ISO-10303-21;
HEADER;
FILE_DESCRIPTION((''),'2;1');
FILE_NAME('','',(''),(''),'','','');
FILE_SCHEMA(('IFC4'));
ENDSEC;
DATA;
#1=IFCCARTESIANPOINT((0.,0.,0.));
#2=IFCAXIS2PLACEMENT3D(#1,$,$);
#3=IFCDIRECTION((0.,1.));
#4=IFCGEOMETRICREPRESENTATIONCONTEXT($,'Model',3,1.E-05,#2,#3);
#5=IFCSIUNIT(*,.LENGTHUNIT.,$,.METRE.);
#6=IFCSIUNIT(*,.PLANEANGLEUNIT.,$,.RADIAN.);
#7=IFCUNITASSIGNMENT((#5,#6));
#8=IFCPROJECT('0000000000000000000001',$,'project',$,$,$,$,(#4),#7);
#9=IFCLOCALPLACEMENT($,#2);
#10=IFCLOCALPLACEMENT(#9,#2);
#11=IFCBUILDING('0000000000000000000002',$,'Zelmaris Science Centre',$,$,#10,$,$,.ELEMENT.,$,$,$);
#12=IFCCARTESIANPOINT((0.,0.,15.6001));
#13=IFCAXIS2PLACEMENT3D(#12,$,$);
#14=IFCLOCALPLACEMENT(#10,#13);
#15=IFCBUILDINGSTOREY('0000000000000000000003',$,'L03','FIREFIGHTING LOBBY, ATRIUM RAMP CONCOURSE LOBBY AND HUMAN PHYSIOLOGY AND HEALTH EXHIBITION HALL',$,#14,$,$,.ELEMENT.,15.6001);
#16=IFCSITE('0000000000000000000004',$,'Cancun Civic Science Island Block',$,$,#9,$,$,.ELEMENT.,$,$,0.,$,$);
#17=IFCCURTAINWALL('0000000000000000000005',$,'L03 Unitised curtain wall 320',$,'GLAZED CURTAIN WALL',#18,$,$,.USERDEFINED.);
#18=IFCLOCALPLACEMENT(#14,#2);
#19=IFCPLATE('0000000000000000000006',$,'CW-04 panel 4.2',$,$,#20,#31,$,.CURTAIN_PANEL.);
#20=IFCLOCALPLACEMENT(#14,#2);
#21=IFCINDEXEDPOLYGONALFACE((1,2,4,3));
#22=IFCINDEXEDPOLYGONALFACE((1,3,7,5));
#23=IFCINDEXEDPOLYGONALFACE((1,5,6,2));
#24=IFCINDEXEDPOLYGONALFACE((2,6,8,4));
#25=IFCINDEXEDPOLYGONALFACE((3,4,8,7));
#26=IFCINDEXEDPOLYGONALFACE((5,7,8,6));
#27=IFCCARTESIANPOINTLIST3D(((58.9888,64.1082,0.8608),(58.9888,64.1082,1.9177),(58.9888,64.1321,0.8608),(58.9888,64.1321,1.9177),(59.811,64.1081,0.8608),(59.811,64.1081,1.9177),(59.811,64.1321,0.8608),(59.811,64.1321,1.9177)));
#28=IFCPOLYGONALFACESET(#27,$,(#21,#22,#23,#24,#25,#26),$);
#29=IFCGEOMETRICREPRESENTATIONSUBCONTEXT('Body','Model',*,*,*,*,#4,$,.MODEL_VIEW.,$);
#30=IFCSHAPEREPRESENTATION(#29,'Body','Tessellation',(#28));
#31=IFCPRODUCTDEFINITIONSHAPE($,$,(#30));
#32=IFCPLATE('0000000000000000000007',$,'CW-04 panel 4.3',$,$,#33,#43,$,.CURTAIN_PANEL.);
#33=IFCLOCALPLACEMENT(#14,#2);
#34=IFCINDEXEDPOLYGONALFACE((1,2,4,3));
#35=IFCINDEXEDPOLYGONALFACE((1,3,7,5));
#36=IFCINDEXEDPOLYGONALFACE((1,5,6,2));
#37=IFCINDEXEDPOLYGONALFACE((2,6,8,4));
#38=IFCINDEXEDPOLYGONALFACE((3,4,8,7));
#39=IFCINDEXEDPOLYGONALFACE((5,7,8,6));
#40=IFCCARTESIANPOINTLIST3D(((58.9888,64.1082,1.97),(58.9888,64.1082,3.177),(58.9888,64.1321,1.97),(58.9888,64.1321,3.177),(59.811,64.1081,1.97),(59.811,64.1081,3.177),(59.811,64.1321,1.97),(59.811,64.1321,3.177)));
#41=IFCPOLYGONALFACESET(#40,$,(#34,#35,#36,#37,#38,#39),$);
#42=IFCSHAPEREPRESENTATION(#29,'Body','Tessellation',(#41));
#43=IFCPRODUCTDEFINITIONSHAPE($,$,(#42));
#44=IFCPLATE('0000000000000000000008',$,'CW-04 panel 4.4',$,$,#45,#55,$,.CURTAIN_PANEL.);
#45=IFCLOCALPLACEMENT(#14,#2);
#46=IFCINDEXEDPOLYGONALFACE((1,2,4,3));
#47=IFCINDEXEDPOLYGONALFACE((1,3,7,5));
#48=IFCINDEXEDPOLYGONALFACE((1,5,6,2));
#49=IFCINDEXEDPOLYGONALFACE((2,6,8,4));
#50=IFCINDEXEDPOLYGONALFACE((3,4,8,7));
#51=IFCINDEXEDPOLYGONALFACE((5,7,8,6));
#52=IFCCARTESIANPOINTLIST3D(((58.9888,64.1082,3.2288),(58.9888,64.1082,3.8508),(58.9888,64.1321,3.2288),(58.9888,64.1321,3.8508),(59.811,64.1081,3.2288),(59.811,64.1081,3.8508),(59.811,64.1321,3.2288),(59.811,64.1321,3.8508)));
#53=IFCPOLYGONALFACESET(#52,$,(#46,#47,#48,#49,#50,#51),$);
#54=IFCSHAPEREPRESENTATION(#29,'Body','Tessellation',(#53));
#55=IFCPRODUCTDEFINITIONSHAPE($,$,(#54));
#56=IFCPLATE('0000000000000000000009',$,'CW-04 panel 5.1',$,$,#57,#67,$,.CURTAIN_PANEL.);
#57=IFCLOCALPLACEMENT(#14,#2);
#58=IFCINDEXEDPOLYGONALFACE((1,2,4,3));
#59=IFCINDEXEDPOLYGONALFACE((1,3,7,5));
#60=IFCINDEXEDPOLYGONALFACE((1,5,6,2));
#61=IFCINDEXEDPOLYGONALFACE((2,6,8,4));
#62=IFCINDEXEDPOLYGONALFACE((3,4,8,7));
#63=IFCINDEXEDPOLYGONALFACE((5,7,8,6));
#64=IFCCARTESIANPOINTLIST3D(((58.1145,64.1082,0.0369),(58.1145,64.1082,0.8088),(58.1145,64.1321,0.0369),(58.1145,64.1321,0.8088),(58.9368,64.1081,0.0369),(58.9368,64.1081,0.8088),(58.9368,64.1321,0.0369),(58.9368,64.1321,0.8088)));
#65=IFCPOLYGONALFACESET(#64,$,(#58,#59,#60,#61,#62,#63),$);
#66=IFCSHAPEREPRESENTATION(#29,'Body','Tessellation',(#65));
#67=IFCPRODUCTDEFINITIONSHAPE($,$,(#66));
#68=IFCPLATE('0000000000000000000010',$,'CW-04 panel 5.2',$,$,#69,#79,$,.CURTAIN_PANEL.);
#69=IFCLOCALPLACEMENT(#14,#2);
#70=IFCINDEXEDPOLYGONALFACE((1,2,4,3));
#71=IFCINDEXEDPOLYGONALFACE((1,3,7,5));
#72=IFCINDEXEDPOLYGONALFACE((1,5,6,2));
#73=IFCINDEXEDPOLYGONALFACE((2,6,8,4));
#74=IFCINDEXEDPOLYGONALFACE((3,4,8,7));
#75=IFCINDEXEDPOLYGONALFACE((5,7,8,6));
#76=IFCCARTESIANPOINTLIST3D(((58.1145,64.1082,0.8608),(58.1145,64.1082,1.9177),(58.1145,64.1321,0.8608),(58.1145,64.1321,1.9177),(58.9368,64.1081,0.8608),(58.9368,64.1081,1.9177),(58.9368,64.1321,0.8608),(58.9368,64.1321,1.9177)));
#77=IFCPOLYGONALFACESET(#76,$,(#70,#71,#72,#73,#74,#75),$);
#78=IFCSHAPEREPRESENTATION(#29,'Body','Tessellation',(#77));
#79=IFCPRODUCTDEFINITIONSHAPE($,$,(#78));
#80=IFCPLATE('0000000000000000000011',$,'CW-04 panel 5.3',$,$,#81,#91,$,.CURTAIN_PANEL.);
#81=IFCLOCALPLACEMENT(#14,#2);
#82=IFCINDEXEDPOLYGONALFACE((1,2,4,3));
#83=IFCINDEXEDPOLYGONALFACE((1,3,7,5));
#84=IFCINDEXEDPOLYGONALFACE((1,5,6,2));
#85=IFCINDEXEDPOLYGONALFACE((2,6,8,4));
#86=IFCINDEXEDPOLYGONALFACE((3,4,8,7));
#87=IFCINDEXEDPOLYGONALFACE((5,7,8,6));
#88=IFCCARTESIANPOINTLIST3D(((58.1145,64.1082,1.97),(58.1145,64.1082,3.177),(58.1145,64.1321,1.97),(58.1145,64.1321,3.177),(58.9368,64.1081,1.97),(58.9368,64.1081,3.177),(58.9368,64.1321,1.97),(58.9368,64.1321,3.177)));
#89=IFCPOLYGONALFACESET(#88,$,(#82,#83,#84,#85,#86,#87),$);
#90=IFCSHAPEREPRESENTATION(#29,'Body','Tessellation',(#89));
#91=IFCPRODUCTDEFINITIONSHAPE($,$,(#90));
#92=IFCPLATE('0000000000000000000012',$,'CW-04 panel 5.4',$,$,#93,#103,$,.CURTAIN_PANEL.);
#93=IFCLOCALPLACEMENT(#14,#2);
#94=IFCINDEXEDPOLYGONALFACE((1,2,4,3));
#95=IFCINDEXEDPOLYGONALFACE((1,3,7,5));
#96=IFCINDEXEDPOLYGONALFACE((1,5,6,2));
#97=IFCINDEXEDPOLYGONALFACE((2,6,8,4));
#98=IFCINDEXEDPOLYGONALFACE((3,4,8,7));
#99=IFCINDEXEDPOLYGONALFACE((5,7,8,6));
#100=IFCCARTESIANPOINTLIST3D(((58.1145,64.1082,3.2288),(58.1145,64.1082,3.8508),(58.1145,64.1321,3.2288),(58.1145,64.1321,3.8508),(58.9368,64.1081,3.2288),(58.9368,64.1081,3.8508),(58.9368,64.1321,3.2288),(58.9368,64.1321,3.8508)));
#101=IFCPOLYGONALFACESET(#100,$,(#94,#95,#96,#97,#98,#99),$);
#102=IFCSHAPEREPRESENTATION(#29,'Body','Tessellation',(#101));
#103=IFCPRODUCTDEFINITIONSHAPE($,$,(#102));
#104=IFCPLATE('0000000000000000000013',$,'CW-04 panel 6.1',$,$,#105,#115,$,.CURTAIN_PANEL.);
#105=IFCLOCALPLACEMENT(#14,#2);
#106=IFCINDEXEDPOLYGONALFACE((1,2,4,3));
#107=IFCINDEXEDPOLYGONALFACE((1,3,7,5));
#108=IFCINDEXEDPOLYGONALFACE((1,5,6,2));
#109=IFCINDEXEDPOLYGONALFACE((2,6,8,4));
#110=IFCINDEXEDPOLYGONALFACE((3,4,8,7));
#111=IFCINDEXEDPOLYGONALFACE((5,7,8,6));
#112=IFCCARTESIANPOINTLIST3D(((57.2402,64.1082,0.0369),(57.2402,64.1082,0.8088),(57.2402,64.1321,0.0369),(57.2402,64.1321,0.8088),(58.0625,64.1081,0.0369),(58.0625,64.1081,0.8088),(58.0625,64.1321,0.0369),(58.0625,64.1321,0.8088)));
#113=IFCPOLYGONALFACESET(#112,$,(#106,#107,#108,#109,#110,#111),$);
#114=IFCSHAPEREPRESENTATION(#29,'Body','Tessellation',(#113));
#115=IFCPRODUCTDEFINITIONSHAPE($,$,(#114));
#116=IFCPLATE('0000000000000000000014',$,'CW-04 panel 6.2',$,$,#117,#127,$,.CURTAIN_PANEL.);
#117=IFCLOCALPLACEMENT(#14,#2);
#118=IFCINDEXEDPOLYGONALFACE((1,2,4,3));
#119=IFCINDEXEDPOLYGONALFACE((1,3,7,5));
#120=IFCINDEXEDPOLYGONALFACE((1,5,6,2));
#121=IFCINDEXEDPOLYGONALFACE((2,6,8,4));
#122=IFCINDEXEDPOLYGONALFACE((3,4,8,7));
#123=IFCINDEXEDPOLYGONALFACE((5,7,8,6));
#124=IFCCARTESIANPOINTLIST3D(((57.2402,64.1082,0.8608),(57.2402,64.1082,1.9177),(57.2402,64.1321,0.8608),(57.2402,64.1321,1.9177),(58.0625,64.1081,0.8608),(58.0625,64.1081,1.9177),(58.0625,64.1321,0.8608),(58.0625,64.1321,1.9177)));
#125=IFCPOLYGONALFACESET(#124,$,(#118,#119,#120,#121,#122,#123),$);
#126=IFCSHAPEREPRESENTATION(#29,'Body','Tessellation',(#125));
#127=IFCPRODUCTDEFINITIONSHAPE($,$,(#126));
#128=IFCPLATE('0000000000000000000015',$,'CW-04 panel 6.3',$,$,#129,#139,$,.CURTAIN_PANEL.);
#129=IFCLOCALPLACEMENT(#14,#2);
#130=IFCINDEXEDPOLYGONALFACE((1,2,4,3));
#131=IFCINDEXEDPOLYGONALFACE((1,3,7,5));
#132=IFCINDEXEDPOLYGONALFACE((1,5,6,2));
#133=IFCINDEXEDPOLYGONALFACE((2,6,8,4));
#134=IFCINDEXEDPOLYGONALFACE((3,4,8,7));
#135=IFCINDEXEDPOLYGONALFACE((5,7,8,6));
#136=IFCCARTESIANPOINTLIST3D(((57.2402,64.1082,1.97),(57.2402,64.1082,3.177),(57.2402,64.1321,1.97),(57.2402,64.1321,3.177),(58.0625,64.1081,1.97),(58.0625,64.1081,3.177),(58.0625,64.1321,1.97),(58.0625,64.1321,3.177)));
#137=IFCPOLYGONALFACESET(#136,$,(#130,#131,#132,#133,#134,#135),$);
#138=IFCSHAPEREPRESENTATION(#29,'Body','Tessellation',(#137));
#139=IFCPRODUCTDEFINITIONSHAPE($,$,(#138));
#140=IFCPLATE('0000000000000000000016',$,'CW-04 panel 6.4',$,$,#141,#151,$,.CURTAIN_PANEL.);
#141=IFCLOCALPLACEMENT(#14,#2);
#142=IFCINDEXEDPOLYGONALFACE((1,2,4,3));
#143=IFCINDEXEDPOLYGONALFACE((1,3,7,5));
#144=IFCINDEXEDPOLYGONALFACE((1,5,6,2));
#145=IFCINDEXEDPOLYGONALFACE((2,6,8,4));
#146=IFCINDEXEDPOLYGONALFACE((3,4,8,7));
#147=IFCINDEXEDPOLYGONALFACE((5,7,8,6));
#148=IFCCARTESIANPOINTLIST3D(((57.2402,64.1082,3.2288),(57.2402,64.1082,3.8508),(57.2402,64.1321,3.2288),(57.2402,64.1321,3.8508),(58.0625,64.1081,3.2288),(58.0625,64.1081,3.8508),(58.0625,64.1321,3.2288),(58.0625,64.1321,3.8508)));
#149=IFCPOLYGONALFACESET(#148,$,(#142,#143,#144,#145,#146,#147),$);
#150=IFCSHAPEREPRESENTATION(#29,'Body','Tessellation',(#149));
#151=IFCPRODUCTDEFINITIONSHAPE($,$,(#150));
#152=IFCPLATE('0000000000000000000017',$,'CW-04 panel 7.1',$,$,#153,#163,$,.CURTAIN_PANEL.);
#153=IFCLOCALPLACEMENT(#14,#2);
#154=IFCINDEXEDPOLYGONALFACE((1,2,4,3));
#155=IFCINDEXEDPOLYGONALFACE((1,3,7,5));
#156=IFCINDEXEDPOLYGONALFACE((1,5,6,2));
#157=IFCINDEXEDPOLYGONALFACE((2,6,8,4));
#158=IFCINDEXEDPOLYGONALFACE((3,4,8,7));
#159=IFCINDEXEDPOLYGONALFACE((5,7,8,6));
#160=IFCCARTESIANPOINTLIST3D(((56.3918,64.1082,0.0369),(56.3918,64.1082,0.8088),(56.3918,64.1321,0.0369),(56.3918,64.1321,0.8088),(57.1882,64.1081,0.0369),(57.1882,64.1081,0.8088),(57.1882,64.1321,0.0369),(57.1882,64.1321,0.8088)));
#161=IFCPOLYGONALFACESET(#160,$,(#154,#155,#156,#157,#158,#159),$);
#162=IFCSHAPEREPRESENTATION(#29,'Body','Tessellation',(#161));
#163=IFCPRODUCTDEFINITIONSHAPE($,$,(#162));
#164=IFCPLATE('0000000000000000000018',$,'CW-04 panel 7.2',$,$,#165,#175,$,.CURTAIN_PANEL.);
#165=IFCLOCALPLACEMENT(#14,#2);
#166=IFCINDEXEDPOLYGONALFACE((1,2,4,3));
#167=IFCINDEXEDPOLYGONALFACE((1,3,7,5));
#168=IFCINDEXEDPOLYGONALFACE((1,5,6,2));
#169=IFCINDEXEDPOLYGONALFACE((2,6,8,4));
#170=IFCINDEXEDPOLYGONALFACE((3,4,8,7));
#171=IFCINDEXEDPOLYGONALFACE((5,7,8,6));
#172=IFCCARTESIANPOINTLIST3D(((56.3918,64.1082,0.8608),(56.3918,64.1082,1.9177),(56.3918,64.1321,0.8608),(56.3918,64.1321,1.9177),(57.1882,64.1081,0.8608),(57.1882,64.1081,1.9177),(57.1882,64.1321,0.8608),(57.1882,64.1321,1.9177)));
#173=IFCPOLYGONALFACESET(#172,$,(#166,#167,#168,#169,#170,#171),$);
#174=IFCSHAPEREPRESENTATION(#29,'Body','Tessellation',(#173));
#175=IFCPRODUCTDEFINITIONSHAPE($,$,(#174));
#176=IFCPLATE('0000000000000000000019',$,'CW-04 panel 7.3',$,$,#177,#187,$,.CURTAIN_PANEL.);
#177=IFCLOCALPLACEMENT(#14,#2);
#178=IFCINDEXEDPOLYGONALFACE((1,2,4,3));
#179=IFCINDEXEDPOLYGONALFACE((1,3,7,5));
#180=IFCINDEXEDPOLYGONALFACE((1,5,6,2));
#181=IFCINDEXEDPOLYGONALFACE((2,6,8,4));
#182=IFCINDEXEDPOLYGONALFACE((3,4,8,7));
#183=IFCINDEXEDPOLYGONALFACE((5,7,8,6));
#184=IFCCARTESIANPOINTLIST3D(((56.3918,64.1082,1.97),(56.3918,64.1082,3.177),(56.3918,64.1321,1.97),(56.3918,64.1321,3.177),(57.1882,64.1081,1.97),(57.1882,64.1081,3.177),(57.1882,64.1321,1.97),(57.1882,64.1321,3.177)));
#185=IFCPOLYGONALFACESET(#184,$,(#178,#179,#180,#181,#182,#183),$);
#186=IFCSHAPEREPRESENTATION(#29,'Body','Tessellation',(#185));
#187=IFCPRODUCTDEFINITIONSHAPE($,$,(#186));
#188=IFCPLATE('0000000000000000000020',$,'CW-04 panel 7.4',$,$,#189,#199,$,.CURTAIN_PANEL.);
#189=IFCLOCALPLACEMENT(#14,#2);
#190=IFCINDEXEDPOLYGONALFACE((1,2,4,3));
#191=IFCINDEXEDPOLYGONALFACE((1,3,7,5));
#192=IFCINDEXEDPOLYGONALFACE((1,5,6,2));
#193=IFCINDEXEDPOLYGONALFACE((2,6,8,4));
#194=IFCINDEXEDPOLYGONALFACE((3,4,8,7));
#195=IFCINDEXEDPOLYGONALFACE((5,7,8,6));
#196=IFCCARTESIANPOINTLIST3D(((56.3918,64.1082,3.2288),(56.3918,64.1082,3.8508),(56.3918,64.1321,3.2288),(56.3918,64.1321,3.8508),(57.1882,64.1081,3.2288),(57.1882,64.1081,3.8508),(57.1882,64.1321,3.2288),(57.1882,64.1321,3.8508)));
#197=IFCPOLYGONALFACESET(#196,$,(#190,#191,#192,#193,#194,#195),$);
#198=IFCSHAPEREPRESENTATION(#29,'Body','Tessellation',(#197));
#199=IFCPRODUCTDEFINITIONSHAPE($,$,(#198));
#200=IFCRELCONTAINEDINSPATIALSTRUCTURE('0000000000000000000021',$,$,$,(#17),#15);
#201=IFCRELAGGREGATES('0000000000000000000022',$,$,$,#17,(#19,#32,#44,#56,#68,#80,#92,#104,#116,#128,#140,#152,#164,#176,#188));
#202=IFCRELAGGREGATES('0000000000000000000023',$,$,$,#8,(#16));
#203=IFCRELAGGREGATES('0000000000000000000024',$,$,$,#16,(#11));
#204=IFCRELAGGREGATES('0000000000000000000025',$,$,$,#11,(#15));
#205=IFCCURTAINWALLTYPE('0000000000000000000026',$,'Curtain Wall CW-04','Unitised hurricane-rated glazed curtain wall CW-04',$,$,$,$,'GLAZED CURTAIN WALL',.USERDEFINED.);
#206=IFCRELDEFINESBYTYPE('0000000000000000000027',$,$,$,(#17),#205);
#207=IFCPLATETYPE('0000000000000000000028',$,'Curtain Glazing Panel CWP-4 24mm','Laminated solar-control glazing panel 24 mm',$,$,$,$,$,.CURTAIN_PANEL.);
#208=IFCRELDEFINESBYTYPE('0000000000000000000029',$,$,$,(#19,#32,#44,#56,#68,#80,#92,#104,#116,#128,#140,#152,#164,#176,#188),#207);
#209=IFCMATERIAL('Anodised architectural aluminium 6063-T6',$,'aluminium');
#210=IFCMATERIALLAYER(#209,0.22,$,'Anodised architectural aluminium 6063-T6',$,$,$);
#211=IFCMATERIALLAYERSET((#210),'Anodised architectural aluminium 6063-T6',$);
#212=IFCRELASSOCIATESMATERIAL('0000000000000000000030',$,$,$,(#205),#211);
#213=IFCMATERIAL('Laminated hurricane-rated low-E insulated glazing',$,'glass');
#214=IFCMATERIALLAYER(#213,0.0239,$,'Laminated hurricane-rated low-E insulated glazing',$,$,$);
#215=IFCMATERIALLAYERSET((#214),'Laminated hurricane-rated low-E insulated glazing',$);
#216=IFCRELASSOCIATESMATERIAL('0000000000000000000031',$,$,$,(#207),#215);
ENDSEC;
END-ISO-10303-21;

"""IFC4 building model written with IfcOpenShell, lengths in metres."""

from ifc_helpers import new_model, si_unit, direction, frame, origin, origin_2d, place, context, subcontext, project, spatial, rectangle, extrude, material, layer, layer_set, type_object, element, aggregate, save


model = new_model("IFC4")

# Units and contexts
model_context = context("Model", 3, precision=1e-05, world=origin(), true_north=direction((0.0, 1.0)))
body_context = subcontext(model_context, "Body", "Model", "MODEL_VIEW")
ifc_project = project(units=[si_unit("LENGTHUNIT", "METRE"), si_unit("PLANEANGLEUNIT", "RADIAN")], contexts=[model_context])

# Site, building, storey
site_placement = place(None, origin())
site = spatial("IfcSite", under=ifc_project, at=site_placement, Name="Cancun Civic Science Island Block", CompositionType="ELEMENT", RefElevation=0.0)
building_placement = place(site_placement, origin())
building = spatial("IfcBuilding", under=site, at=building_placement, Name="Zelmaris Science Centre", CompositionType="ELEMENT")
storey_placement = place(building_placement, frame((0.0, 0.0, 15.6001)))
storey = spatial("IfcBuildingStorey", under=building, at=storey_placement, Name="L03", Description="FIREFIGHTING LOBBY, ATRIUM RAMP CONCOURSE LOBBY AND HUMAN PHYSIOLOGY AND HEALTH EXHIBITION HALL", CompositionType="ELEMENT", Elevation=15.6001)

# Curtain wall, plates
ifc_material_1 = material(Name="Anodised architectural aluminium 6063-T6", Category="aluminium")
ifc_layer_1 = layer(ifc_material_1, 0.22, Name="Anodised architectural aluminium 6063-T6")
ifc_layer_set_1 = layer_set([ifc_layer_1], Name="Anodised architectural aluminium 6063-T6")
curtain_wall_type = type_object("IfcCurtainWallType", Name="Curtain Wall CW-04", Description="Unitised hurricane-rated glazed curtain wall CW-04", ElementType="GLAZED CURTAIN WALL", PredefinedType="USERDEFINED", material=ifc_layer_set_1)
curtain_wall_placement = place(storey_placement, origin())
curtain_wall = element("IfcCurtainWall", 1, at=curtain_wall_placement, inside=storey, type_object=curtain_wall_type, Name="L03 Unitised curtain wall 320", ObjectType="GLAZED CURTAIN WALL", PredefinedType="USERDEFINED")
ifc_material_2 = material(Name="Laminated hurricane-rated low-E insulated glazing", Category="glass")
ifc_layer_2 = layer(ifc_material_2, 0.0239, Name="Laminated hurricane-rated low-E insulated glazing")
ifc_layer_set_2 = layer_set([ifc_layer_2], Name="Laminated hurricane-rated low-E insulated glazing")
plate_type = type_object("IfcPlateType", Name="Curtain Glazing Panel CWP-4 24mm", Description="Laminated solar-control glazing panel 24 mm", PredefinedType="CURTAIN_PANEL", material=ifc_layer_set_2)
plate_1_placement = place(storey_placement, frame((59.3999, 64.1201, 0.8608), z_axis=(0.0, 0.0, 1.0), x_axis=(-1.0, 0.000016, 0.0)))
plate_1 = element("IfcPlate", 2, at=plate_1_placement, type_object=plate_type, Name="CW-04 panel 4.2", PredefinedType="CURTAIN_PANEL", context=body_context, shape_type="SweptSolid", body=[
    extrude(rectangle(XDim=0.8223, YDim=0.0239, at=origin_2d()), origin(), (0.0, 0.0, 1.0), 1.0569),
])
plate_2_placement = place(storey_placement, frame((59.3999, 64.1201, 1.97), z_axis=(0.0, 0.0, 1.0), x_axis=(-1.0, 0.000016, 0.0)))
plate_2 = element("IfcPlate", 3, at=plate_2_placement, type_object=plate_type, Name="CW-04 panel 4.3", PredefinedType="CURTAIN_PANEL", context=body_context, shape_type="SweptSolid", body=[
    extrude(rectangle(XDim=0.8223, YDim=0.0239, at=origin_2d()), origin(), (0.0, 0.0, 1.0), 1.207),
])
plate_3_placement = place(storey_placement, frame((59.3999, 64.1201, 3.2288), z_axis=(0.0, 0.0, 1.0), x_axis=(-1.0, 0.000016, 0.0)))
plate_3 = element("IfcPlate", 4, at=plate_3_placement, type_object=plate_type, Name="CW-04 panel 4.4", PredefinedType="CURTAIN_PANEL", context=body_context, shape_type="SweptSolid", body=[
    extrude(rectangle(XDim=0.8223, YDim=0.0239, at=origin_2d()), origin(), (0.0, 0.0, 1.0), 0.6221),
])
plate_4_placement = place(storey_placement, frame((58.5256, 64.1201, 0.0369), z_axis=(0.0, 0.0, 1.0), x_axis=(-1.0, 0.000016, 0.0)))
plate_4 = element("IfcPlate", 5, at=plate_4_placement, type_object=plate_type, Name="CW-04 panel 5.1", PredefinedType="CURTAIN_PANEL", context=body_context, shape_type="SweptSolid", body=[
    extrude(rectangle(XDim=0.8223, YDim=0.0239, at=origin_2d()), origin(), (0.0, 0.0, 1.0), 0.772),
])
plate_5_placement = place(storey_placement, frame((58.5256, 64.1201, 0.8608), z_axis=(0.0, 0.0, 1.0), x_axis=(-1.0, 0.000016, 0.0)))
plate_5 = element("IfcPlate", 6, at=plate_5_placement, type_object=plate_type, Name="CW-04 panel 5.2", PredefinedType="CURTAIN_PANEL", context=body_context, shape_type="SweptSolid", body=[
    extrude(rectangle(XDim=0.8223, YDim=0.0239, at=origin_2d()), origin(), (0.0, 0.0, 1.0), 1.0569),
])
plate_6_placement = place(storey_placement, frame((58.5256, 64.1201, 1.97), z_axis=(0.0, 0.0, 1.0), x_axis=(-1.0, 0.000016, 0.0)))
plate_6 = element("IfcPlate", 7, at=plate_6_placement, type_object=plate_type, Name="CW-04 panel 5.3", PredefinedType="CURTAIN_PANEL", context=body_context, shape_type="SweptSolid", body=[
    extrude(rectangle(XDim=0.8223, YDim=0.0239, at=origin_2d()), origin(), (0.0, 0.0, 1.0), 1.207),
])
plate_7_placement = place(storey_placement, frame((58.5256, 64.1201, 3.2288), z_axis=(0.0, 0.0, 1.0), x_axis=(-1.0, 0.000016, 0.0)))
plate_7 = element("IfcPlate", 8, at=plate_7_placement, type_object=plate_type, Name="CW-04 panel 5.4", PredefinedType="CURTAIN_PANEL", context=body_context, shape_type="SweptSolid", body=[
    extrude(rectangle(XDim=0.8223, YDim=0.0239, at=origin_2d()), origin(), (0.0, 0.0, 1.0), 0.6221),
])
plate_8_placement = place(storey_placement, frame((57.6514, 64.1201, 0.0369), z_axis=(0.0, 0.0, 1.0), x_axis=(-1.0, 0.000016, 0.0)))
plate_8 = element("IfcPlate", 9, at=plate_8_placement, type_object=plate_type, Name="CW-04 panel 6.1", PredefinedType="CURTAIN_PANEL", context=body_context, shape_type="SweptSolid", body=[
    extrude(rectangle(XDim=0.8223, YDim=0.0239, at=origin_2d()), origin(), (0.0, 0.0, 1.0), 0.772),
])
plate_9_placement = place(storey_placement, frame((57.6514, 64.1201, 0.8608), z_axis=(0.0, 0.0, 1.0), x_axis=(-1.0, 0.000016, 0.0)))
plate_9 = element("IfcPlate", 10, at=plate_9_placement, type_object=plate_type, Name="CW-04 panel 6.2", PredefinedType="CURTAIN_PANEL", context=body_context, shape_type="SweptSolid", body=[
    extrude(rectangle(XDim=0.8223, YDim=0.0239, at=origin_2d()), origin(), (0.0, 0.0, 1.0), 1.0569),
])
plate_10_placement = place(storey_placement, frame((57.6514, 64.1201, 1.97), z_axis=(0.0, 0.0, 1.0), x_axis=(-1.0, 0.000016, 0.0)))
plate_10 = element("IfcPlate", 11, at=plate_10_placement, type_object=plate_type, Name="CW-04 panel 6.3", PredefinedType="CURTAIN_PANEL", context=body_context, shape_type="SweptSolid", body=[
    extrude(rectangle(XDim=0.8223, YDim=0.0239, at=origin_2d()), origin(), (0.0, 0.0, 1.0), 1.207),
])
plate_11_placement = place(storey_placement, frame((57.6514, 64.1201, 3.2288), z_axis=(0.0, 0.0, 1.0), x_axis=(-1.0, 0.000016, 0.0)))
plate_11 = element("IfcPlate", 12, at=plate_11_placement, type_object=plate_type, Name="CW-04 panel 6.4", PredefinedType="CURTAIN_PANEL", context=body_context, shape_type="SweptSolid", body=[
    extrude(rectangle(XDim=0.8223, YDim=0.0239, at=origin_2d()), origin(), (0.0, 0.0, 1.0), 0.6221),
])
plate_12_placement = place(storey_placement, frame((56.79, 64.1201, 0.0369), z_axis=(0.0, 0.0, 1.0), x_axis=(-1.0, 0.000016, 0.0)))
plate_12 = element("IfcPlate", 13, at=plate_12_placement, type_object=plate_type, Name="CW-04 panel 7.1", PredefinedType="CURTAIN_PANEL", context=body_context, shape_type="SweptSolid", body=[
    extrude(rectangle(XDim=0.7964, YDim=0.0239, at=origin_2d()), origin(), (0.0, 0.0, 1.0), 0.772),
])
plate_13_placement = place(storey_placement, frame((56.79, 64.1201, 0.8608), z_axis=(0.0, 0.0, 1.0), x_axis=(-1.0, 0.000016, 0.0)))
plate_13 = element("IfcPlate", 14, at=plate_13_placement, type_object=plate_type, Name="CW-04 panel 7.2", PredefinedType="CURTAIN_PANEL", context=body_context, shape_type="SweptSolid", body=[
    extrude(rectangle(XDim=0.7964, YDim=0.0239, at=origin_2d()), origin(), (0.0, 0.0, 1.0), 1.0569),
])
plate_14_placement = place(storey_placement, frame((56.79, 64.1201, 1.97), z_axis=(0.0, 0.0, 1.0), x_axis=(-1.0, 0.000016, 0.0)))
plate_14 = element("IfcPlate", 15, at=plate_14_placement, type_object=plate_type, Name="CW-04 panel 7.3", PredefinedType="CURTAIN_PANEL", context=body_context, shape_type="SweptSolid", body=[
    extrude(rectangle(XDim=0.7964, YDim=0.0239, at=origin_2d()), origin(), (0.0, 0.0, 1.0), 1.207),
])
plate_15_placement = place(storey_placement, frame((56.79, 64.1201, 3.2288), z_axis=(0.0, 0.0, 1.0), x_axis=(-1.0, 0.000016, 0.0)))
plate_15 = element("IfcPlate", 16, at=plate_15_placement, type_object=plate_type, Name="CW-04 panel 7.4", PredefinedType="CURTAIN_PANEL", context=body_context, shape_type="SweptSolid", body=[
    extrude(rectangle(XDim=0.7964, YDim=0.0239, at=origin_2d()), origin(), (0.0, 0.0, 1.0), 0.6221),
])
aggregate(curtain_wall, [plate_1, plate_2, plate_3, plate_4, plate_5, plate_6, plate_7, plate_8, plate_9, plate_10, plate_11, plate_12, plate_13, plate_14, plate_15])

save(model, "model.ifc")
